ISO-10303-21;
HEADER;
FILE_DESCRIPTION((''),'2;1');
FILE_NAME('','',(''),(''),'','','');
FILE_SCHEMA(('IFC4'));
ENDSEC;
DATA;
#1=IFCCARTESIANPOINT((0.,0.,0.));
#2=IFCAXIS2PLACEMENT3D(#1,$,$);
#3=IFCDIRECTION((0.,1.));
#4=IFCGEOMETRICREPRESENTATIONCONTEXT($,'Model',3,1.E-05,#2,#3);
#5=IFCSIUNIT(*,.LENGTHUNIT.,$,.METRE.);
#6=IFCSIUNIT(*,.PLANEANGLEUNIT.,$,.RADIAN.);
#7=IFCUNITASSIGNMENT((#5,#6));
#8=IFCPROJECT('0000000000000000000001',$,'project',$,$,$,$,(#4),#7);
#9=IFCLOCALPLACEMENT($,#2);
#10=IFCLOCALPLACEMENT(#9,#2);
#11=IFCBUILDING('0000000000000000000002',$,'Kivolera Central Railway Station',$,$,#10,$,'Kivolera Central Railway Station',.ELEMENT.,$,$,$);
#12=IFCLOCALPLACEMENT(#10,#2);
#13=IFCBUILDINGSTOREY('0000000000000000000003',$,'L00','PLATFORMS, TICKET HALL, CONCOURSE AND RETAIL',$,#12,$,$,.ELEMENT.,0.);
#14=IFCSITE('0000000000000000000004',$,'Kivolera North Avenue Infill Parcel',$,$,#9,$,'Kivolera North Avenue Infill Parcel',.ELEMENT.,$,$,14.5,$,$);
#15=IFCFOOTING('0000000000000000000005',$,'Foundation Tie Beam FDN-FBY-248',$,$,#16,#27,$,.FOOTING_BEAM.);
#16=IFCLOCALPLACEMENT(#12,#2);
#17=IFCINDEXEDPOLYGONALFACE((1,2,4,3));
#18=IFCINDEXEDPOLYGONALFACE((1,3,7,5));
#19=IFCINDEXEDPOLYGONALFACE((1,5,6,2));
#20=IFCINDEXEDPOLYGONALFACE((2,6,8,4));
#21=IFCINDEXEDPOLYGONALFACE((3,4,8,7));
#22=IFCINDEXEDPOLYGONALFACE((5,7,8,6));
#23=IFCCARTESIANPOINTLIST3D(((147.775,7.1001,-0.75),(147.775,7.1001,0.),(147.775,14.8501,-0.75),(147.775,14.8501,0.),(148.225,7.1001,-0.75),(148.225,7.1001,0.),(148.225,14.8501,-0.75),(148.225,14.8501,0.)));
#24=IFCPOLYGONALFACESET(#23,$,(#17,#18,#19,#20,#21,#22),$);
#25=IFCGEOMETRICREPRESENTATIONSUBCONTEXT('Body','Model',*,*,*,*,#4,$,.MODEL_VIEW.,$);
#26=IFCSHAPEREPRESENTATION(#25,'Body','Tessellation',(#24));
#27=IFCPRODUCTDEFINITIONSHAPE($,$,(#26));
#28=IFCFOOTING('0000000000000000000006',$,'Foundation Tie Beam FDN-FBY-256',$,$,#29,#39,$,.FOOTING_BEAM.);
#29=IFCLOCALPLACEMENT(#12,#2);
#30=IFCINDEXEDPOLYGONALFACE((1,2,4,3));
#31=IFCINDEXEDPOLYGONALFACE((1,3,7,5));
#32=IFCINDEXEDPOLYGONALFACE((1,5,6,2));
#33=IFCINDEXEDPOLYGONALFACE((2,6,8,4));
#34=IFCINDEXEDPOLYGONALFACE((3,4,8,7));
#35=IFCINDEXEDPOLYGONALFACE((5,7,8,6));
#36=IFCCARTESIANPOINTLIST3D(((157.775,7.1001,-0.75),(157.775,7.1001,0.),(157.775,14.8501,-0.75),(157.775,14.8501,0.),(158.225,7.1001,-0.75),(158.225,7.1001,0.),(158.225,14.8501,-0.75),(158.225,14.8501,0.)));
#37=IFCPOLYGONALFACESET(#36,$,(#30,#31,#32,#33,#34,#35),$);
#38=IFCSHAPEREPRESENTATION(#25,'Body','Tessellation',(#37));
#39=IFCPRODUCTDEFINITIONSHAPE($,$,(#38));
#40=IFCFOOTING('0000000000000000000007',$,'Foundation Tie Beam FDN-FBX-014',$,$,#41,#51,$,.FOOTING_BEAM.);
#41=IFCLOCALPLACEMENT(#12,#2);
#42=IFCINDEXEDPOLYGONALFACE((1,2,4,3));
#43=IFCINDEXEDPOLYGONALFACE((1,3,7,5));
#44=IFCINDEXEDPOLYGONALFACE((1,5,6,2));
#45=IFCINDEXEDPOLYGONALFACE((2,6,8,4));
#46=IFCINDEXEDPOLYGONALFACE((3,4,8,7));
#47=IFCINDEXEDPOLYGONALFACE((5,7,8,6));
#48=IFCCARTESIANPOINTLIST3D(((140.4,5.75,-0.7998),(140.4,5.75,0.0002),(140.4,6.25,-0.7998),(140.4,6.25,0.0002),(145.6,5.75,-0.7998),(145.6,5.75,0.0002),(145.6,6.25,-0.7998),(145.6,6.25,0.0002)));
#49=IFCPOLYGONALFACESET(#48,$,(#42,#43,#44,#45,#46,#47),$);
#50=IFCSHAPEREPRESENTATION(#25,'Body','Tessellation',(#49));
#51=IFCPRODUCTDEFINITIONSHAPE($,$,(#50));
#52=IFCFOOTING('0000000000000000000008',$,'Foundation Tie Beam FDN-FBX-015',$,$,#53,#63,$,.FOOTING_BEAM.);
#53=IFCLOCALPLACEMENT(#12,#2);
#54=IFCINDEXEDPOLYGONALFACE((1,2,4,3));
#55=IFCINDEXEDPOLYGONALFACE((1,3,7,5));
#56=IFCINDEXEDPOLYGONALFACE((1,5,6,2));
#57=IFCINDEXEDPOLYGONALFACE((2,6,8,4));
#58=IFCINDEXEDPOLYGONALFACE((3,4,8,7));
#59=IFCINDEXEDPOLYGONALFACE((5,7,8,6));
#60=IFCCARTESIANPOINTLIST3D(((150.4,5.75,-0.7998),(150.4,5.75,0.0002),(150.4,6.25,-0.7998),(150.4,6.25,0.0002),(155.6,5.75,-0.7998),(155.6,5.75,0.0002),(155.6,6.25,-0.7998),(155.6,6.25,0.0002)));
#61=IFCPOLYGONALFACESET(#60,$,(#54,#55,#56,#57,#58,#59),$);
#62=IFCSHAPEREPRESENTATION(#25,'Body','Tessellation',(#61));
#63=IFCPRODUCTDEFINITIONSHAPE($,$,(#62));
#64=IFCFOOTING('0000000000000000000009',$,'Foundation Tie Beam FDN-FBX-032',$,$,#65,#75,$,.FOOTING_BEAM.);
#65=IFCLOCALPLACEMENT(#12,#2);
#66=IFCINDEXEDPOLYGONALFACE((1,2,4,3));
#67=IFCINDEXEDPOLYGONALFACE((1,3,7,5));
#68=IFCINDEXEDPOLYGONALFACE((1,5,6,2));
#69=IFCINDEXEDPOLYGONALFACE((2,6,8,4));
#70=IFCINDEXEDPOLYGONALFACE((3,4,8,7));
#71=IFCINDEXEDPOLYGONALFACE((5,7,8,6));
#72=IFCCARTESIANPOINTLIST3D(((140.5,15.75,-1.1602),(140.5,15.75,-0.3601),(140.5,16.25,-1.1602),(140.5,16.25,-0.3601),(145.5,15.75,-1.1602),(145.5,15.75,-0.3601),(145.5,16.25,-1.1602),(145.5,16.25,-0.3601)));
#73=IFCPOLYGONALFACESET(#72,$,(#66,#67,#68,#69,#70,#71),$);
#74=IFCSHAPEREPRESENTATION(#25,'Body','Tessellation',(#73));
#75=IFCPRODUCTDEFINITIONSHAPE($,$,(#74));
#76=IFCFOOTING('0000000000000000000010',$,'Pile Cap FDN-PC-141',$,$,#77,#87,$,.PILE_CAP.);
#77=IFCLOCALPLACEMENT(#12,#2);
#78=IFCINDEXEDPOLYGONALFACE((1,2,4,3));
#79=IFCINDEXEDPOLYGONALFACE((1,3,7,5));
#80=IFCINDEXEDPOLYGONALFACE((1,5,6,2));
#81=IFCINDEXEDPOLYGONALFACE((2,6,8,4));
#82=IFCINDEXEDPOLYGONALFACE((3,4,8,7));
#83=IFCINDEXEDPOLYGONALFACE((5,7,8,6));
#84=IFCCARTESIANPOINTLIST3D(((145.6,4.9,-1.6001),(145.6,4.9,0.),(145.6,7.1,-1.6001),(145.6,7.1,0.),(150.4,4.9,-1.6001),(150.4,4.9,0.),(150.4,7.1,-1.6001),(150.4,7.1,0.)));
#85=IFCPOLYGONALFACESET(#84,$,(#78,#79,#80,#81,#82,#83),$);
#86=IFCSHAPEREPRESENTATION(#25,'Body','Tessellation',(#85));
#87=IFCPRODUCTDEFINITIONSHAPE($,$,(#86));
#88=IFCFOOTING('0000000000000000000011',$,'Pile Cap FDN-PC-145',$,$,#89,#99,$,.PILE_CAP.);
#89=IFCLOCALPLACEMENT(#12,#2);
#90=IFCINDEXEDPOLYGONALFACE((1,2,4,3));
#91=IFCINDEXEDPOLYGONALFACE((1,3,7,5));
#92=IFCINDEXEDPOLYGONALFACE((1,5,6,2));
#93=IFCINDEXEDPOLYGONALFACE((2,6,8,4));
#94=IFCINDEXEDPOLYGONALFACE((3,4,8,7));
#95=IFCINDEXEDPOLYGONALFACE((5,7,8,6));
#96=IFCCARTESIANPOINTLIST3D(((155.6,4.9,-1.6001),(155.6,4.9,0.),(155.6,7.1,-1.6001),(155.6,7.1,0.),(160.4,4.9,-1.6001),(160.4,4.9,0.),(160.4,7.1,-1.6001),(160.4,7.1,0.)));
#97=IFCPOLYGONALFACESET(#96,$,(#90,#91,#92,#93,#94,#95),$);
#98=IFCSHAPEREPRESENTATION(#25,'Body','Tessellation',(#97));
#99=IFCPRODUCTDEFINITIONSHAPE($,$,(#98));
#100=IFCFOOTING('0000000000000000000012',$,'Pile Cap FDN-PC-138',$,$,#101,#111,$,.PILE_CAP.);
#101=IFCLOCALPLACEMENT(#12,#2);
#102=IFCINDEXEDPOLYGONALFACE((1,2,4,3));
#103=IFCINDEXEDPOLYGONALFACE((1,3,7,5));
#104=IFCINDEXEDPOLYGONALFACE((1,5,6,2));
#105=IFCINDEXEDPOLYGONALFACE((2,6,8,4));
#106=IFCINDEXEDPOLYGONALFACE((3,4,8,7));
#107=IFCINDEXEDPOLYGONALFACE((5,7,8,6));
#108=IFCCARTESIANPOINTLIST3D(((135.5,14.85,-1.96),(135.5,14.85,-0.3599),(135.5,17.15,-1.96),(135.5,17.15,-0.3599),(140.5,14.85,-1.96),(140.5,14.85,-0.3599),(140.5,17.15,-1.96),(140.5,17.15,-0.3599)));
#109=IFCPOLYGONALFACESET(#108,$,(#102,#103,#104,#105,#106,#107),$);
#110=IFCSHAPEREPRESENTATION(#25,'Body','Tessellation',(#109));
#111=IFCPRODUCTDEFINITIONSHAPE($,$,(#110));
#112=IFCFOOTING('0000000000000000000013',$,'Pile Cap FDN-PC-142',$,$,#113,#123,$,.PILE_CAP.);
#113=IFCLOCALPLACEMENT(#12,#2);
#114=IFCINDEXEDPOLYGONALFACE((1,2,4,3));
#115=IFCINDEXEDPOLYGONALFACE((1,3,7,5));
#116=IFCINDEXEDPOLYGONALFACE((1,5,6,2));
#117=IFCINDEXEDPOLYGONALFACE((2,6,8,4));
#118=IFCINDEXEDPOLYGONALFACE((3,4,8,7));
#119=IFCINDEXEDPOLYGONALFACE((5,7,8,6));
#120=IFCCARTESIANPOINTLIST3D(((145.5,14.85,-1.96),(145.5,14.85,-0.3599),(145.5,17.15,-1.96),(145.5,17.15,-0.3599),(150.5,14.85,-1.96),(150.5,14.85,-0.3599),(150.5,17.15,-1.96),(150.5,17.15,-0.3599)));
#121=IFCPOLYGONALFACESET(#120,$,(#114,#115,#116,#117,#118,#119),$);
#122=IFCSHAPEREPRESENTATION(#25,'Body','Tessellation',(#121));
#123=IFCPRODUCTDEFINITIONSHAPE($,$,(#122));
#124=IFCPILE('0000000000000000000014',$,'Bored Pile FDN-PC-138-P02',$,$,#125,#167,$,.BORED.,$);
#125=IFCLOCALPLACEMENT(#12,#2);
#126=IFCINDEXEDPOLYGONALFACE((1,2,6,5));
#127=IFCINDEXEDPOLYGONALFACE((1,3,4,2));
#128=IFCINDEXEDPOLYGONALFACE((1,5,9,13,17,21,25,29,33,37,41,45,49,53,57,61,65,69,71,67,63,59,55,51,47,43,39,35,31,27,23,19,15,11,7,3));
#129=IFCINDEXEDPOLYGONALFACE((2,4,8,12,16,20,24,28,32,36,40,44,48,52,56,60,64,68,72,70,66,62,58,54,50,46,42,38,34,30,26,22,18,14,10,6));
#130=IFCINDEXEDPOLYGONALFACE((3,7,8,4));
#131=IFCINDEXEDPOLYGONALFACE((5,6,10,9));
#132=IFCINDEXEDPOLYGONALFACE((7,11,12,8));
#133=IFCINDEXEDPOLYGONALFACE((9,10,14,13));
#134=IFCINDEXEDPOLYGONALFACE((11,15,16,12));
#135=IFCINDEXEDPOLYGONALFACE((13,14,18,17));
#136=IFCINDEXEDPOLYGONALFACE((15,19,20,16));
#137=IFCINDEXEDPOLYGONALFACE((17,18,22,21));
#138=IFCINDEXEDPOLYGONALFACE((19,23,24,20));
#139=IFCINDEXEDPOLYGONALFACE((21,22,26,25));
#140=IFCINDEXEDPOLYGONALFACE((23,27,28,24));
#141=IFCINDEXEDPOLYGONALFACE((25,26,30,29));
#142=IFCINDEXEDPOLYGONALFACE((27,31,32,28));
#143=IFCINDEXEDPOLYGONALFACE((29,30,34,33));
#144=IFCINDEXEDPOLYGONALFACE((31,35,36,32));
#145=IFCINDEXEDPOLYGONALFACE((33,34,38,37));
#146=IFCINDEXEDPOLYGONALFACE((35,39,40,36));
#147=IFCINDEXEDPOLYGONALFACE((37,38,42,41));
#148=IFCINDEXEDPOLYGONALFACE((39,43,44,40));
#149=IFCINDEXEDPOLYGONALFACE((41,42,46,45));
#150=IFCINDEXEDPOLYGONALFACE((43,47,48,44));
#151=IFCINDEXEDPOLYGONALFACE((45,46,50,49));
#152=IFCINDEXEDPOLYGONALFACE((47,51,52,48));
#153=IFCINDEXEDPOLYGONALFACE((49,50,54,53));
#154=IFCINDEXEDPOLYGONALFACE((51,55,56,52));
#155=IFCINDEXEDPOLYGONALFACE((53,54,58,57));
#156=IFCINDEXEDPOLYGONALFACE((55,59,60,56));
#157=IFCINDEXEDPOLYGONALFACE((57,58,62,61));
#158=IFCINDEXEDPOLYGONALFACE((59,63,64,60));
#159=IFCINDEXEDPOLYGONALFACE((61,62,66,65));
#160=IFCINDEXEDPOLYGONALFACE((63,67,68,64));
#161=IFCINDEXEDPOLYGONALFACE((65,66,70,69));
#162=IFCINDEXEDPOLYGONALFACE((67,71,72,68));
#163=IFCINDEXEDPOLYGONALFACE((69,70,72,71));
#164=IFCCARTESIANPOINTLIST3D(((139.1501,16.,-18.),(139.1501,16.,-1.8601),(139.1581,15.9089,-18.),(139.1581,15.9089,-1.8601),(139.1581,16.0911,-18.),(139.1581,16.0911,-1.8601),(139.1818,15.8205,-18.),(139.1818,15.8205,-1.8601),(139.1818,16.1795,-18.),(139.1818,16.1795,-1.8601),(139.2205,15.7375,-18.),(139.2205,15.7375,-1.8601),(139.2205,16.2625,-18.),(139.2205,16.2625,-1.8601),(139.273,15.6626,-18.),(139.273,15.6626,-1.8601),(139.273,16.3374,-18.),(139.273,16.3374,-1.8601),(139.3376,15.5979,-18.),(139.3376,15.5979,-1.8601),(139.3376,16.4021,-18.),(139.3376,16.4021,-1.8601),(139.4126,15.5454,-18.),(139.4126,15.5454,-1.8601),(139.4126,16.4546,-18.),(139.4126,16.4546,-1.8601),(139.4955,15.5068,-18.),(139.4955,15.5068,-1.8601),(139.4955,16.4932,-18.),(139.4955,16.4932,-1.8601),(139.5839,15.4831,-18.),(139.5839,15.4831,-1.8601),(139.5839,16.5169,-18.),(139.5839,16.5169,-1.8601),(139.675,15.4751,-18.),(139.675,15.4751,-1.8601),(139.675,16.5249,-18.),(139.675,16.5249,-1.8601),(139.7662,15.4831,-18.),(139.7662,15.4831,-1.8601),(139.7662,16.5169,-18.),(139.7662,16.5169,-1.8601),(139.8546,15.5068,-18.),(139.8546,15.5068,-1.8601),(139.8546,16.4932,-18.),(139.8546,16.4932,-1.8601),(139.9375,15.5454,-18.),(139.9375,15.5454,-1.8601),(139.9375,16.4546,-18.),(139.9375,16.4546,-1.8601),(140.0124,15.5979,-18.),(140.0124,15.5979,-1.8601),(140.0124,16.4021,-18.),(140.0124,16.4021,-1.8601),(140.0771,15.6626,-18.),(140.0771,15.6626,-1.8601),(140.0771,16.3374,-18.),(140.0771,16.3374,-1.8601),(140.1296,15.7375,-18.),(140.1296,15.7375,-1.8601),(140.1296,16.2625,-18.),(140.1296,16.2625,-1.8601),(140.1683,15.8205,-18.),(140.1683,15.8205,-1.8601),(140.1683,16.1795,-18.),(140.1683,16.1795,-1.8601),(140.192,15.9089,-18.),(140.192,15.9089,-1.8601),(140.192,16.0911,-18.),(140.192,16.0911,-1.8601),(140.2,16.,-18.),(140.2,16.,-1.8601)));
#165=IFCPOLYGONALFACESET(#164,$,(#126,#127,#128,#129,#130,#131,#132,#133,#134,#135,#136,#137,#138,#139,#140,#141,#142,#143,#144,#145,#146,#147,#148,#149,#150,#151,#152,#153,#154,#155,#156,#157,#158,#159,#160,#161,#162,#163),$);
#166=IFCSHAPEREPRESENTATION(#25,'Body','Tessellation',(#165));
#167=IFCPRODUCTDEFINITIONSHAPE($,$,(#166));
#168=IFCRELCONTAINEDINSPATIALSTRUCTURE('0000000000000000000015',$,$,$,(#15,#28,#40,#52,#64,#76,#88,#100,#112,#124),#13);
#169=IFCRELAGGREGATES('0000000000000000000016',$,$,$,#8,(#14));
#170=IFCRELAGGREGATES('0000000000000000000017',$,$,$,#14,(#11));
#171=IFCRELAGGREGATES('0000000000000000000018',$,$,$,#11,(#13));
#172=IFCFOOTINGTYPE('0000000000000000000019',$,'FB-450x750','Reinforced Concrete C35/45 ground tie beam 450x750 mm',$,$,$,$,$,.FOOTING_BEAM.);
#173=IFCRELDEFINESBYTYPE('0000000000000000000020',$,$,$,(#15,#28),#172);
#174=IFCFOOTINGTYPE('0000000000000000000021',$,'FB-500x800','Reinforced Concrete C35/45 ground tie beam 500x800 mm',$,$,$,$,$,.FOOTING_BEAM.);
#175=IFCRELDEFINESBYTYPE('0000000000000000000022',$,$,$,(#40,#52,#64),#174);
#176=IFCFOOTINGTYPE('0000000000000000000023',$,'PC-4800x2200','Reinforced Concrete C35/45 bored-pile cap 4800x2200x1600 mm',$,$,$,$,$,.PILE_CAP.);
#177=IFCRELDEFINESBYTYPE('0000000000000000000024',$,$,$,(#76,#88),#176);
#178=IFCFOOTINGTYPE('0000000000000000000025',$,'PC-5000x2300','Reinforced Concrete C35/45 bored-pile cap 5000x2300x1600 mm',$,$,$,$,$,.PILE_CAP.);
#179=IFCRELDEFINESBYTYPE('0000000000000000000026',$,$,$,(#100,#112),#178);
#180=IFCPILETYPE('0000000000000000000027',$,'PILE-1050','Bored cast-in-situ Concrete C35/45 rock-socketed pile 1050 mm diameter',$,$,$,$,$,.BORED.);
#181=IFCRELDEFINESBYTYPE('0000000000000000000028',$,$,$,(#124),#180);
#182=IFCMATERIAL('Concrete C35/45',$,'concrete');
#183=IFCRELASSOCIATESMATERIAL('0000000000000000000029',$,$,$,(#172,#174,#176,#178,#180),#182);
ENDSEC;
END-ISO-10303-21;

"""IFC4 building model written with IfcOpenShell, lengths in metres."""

from ifc_helpers import new_model, si_unit, direction, frame, origin, origin_2d, place, context, subcontext, project, spatial, rectangle, circle, extrude, material, material_profile, profile_set, type_object, element, save


model = new_model("IFC4")

# Units and contexts
model_context = context("Model", 3, precision=1e-05, world=origin(), true_north=direction((0.0, 1.0)))
body_context = subcontext(model_context, "Body", "Model", "MODEL_VIEW")
ifc_project = project(units=[si_unit("LENGTHUNIT", "METRE"), si_unit("PLANEANGLEUNIT", "RADIAN")], contexts=[model_context])

# Site, building, storey
site_placement = place(None, origin())
site = spatial("IfcSite", under=ifc_project, at=site_placement, Name="Kivolera North Avenue Infill Parcel", LongName="Kivolera North Avenue Infill Parcel", CompositionType="ELEMENT", RefElevation=14.5)
building_placement = place(site_placement, origin())
building = spatial("IfcBuilding", under=site, at=building_placement, Name="Kivolera Central Railway Station", LongName="Kivolera Central Railway Station", CompositionType="ELEMENT")
storey_placement = place(building_placement, origin())
storey = spatial("IfcBuildingStorey", under=building, at=storey_placement, Name="L00", Description="PLATFORMS, TICKET HALL, CONCOURSE AND RETAIL", CompositionType="ELEMENT", Elevation=0.0)

# Footings
ifc_material_1 = material(Name="Concrete C35/45", Category="concrete")
footing_type_1 = type_object("IfcFootingType", Name="FB-450x750", Description="Reinforced Concrete C35/45 ground tie beam 450x750 mm", PredefinedType="FOOTING_BEAM", material=ifc_material_1)
for number, where, z_axis, x_axis, name in (
    (1, (148.0, 10.9751, -0.75), (0.0, 0.0, 1.0), (1.0, 0.0, 0.0), "Foundation Tie Beam FDN-FBY-248"),
    (2, (158.0, 10.9751, -0.75), (0.0, 0.0, 1.0), (1.0, 0.0, 0.0), "Foundation Tie Beam FDN-FBY-256"),
):
    element("IfcFooting", number, at=place(storey_placement, frame(where, z_axis=z_axis, x_axis=x_axis)), inside=storey, type_object=footing_type_1, Name=name, PredefinedType="FOOTING_BEAM", context=body_context, shape_type="SweptSolid", body=[
        extrude(rectangle(XDim=0.45, YDim=7.75, at=origin_2d()), origin(), (0.0, 0.0, 1.0), 0.75),
    ])
footing_type_2 = type_object("IfcFootingType", Name="FB-500x800", Description="Reinforced Concrete C35/45 ground tie beam 500x800 mm", PredefinedType="FOOTING_BEAM", material=ifc_material_1)
for number, where, z_axis, x_axis, name in (
    (3, (143.0, 6.0, -0.7998), (0.0, 0.0, 1.0), (1.0, 0.0, 0.0), "Foundation Tie Beam FDN-FBX-014"),
    (4, (153.0, 6.0, -0.7998), (0.0, 0.0, 1.0), (1.0, 0.0, 0.0), "Foundation Tie Beam FDN-FBX-015"),
):
    element("IfcFooting", number, at=place(storey_placement, frame(where, z_axis=z_axis, x_axis=x_axis)), inside=storey, type_object=footing_type_2, Name=name, PredefinedType="FOOTING_BEAM", context=body_context, shape_type="SweptSolid", body=[
        extrude(rectangle(XDim=5.2, YDim=0.5, at=origin_2d()), origin(), (0.0, 0.0, 1.0), 0.8),
    ])
footing_placement = place(storey_placement, frame((143.0, 16.0, -1.1602), z_axis=(0.0, 0.0, 1.0), x_axis=(1.0, 0.0, 0.0)))
element("IfcFooting", 5, at=footing_placement, inside=storey, type_object=footing_type_2, Name="Foundation Tie Beam FDN-FBX-032", PredefinedType="FOOTING_BEAM", context=body_context, shape_type="SweptSolid", body=[
    extrude(rectangle(XDim=5.0, YDim=0.5, at=origin_2d()), origin(), (0.0, 0.0, 1.0), 0.8),
])
footing_type_3 = type_object("IfcFootingType", Name="PC-4800x2200", Description="Reinforced Concrete C35/45 bored-pile cap 4800x2200x1600 mm", PredefinedType="PILE_CAP", material=ifc_material_1)
for number, where, z_axis, x_axis, name in (
    (6, (148.0, 6.0, -1.6001), (0.0, 0.0, 1.0), (1.0, 0.0, 0.0), "Pile Cap FDN-PC-141"),
    (7, (158.0, 6.0, -1.6001), (0.0, 0.0, 1.0), (1.0, 0.0, 0.0), "Pile Cap FDN-PC-145"),
):
    element("IfcFooting", number, at=place(storey_placement, frame(where, z_axis=z_axis, x_axis=x_axis)), inside=storey, type_object=footing_type_3, Name=name, PredefinedType="PILE_CAP", context=body_context, shape_type="SweptSolid", body=[
        extrude(rectangle(XDim=4.8, YDim=2.2, at=origin_2d()), origin(), (0.0, 0.0, 1.0), 1.6001),
    ])
footing_type_4 = type_object("IfcFootingType", Name="PC-5000x2300", Description="Reinforced Concrete C35/45 bored-pile cap 5000x2300x1600 mm", PredefinedType="PILE_CAP", material=ifc_material_1)
for number, where, z_axis, x_axis, name in (
    (8, (138.0, 16.0, -1.96), (0.0, 0.0, 1.0), (1.0, 0.0, 0.0), "Pile Cap FDN-PC-138"),
    (9, (148.0, 16.0, -1.96), (0.0, 0.0, 1.0), (1.0, 0.0, 0.0), "Pile Cap FDN-PC-142"),
):
    element("IfcFooting", number, at=place(storey_placement, frame(where, z_axis=z_axis, x_axis=x_axis)), inside=storey, type_object=footing_type_4, Name=name, PredefinedType="PILE_CAP", context=body_context, shape_type="SweptSolid", body=[
        extrude(rectangle(XDim=5.0, YDim=2.3, at=origin_2d()), origin(), (0.0, 0.0, 1.0), 1.6001),
    ])

# Pile
ifc_material_profile_1 = material_profile(ifc_material_1, circle(Radius=0.5249, at=origin_2d()), Name="PILE D1050")
ifc_profile_set_1 = profile_set([ifc_material_profile_1], Name="Concrete C35/45")
pile_type = type_object("IfcPileType", Name="PILE-1050", Description="Bored cast-in-situ Concrete C35/45 rock-socketed pile 1050 mm diameter", PredefinedType="BORED", material=ifc_profile_set_1)
pile_1_placement = place(storey_placement, frame((139.675, 16.0, -1.8601), z_axis=(0.0, 0.0, -1.0), x_axis=(1.0, 0.0, 0.0)))
element("IfcPile", 10, at=pile_1_placement, inside=storey, type_object=pile_type, Name="Bored Pile FDN-PC-138-P02", PredefinedType="BORED", context=body_context, shape_type="SweptSolid", body=[
    extrude(circle(Radius=0.5249, at=origin_2d()), origin(), (0.0, 0.0, 1.0), 16.1399),
])

save(model, "model.ifc")
